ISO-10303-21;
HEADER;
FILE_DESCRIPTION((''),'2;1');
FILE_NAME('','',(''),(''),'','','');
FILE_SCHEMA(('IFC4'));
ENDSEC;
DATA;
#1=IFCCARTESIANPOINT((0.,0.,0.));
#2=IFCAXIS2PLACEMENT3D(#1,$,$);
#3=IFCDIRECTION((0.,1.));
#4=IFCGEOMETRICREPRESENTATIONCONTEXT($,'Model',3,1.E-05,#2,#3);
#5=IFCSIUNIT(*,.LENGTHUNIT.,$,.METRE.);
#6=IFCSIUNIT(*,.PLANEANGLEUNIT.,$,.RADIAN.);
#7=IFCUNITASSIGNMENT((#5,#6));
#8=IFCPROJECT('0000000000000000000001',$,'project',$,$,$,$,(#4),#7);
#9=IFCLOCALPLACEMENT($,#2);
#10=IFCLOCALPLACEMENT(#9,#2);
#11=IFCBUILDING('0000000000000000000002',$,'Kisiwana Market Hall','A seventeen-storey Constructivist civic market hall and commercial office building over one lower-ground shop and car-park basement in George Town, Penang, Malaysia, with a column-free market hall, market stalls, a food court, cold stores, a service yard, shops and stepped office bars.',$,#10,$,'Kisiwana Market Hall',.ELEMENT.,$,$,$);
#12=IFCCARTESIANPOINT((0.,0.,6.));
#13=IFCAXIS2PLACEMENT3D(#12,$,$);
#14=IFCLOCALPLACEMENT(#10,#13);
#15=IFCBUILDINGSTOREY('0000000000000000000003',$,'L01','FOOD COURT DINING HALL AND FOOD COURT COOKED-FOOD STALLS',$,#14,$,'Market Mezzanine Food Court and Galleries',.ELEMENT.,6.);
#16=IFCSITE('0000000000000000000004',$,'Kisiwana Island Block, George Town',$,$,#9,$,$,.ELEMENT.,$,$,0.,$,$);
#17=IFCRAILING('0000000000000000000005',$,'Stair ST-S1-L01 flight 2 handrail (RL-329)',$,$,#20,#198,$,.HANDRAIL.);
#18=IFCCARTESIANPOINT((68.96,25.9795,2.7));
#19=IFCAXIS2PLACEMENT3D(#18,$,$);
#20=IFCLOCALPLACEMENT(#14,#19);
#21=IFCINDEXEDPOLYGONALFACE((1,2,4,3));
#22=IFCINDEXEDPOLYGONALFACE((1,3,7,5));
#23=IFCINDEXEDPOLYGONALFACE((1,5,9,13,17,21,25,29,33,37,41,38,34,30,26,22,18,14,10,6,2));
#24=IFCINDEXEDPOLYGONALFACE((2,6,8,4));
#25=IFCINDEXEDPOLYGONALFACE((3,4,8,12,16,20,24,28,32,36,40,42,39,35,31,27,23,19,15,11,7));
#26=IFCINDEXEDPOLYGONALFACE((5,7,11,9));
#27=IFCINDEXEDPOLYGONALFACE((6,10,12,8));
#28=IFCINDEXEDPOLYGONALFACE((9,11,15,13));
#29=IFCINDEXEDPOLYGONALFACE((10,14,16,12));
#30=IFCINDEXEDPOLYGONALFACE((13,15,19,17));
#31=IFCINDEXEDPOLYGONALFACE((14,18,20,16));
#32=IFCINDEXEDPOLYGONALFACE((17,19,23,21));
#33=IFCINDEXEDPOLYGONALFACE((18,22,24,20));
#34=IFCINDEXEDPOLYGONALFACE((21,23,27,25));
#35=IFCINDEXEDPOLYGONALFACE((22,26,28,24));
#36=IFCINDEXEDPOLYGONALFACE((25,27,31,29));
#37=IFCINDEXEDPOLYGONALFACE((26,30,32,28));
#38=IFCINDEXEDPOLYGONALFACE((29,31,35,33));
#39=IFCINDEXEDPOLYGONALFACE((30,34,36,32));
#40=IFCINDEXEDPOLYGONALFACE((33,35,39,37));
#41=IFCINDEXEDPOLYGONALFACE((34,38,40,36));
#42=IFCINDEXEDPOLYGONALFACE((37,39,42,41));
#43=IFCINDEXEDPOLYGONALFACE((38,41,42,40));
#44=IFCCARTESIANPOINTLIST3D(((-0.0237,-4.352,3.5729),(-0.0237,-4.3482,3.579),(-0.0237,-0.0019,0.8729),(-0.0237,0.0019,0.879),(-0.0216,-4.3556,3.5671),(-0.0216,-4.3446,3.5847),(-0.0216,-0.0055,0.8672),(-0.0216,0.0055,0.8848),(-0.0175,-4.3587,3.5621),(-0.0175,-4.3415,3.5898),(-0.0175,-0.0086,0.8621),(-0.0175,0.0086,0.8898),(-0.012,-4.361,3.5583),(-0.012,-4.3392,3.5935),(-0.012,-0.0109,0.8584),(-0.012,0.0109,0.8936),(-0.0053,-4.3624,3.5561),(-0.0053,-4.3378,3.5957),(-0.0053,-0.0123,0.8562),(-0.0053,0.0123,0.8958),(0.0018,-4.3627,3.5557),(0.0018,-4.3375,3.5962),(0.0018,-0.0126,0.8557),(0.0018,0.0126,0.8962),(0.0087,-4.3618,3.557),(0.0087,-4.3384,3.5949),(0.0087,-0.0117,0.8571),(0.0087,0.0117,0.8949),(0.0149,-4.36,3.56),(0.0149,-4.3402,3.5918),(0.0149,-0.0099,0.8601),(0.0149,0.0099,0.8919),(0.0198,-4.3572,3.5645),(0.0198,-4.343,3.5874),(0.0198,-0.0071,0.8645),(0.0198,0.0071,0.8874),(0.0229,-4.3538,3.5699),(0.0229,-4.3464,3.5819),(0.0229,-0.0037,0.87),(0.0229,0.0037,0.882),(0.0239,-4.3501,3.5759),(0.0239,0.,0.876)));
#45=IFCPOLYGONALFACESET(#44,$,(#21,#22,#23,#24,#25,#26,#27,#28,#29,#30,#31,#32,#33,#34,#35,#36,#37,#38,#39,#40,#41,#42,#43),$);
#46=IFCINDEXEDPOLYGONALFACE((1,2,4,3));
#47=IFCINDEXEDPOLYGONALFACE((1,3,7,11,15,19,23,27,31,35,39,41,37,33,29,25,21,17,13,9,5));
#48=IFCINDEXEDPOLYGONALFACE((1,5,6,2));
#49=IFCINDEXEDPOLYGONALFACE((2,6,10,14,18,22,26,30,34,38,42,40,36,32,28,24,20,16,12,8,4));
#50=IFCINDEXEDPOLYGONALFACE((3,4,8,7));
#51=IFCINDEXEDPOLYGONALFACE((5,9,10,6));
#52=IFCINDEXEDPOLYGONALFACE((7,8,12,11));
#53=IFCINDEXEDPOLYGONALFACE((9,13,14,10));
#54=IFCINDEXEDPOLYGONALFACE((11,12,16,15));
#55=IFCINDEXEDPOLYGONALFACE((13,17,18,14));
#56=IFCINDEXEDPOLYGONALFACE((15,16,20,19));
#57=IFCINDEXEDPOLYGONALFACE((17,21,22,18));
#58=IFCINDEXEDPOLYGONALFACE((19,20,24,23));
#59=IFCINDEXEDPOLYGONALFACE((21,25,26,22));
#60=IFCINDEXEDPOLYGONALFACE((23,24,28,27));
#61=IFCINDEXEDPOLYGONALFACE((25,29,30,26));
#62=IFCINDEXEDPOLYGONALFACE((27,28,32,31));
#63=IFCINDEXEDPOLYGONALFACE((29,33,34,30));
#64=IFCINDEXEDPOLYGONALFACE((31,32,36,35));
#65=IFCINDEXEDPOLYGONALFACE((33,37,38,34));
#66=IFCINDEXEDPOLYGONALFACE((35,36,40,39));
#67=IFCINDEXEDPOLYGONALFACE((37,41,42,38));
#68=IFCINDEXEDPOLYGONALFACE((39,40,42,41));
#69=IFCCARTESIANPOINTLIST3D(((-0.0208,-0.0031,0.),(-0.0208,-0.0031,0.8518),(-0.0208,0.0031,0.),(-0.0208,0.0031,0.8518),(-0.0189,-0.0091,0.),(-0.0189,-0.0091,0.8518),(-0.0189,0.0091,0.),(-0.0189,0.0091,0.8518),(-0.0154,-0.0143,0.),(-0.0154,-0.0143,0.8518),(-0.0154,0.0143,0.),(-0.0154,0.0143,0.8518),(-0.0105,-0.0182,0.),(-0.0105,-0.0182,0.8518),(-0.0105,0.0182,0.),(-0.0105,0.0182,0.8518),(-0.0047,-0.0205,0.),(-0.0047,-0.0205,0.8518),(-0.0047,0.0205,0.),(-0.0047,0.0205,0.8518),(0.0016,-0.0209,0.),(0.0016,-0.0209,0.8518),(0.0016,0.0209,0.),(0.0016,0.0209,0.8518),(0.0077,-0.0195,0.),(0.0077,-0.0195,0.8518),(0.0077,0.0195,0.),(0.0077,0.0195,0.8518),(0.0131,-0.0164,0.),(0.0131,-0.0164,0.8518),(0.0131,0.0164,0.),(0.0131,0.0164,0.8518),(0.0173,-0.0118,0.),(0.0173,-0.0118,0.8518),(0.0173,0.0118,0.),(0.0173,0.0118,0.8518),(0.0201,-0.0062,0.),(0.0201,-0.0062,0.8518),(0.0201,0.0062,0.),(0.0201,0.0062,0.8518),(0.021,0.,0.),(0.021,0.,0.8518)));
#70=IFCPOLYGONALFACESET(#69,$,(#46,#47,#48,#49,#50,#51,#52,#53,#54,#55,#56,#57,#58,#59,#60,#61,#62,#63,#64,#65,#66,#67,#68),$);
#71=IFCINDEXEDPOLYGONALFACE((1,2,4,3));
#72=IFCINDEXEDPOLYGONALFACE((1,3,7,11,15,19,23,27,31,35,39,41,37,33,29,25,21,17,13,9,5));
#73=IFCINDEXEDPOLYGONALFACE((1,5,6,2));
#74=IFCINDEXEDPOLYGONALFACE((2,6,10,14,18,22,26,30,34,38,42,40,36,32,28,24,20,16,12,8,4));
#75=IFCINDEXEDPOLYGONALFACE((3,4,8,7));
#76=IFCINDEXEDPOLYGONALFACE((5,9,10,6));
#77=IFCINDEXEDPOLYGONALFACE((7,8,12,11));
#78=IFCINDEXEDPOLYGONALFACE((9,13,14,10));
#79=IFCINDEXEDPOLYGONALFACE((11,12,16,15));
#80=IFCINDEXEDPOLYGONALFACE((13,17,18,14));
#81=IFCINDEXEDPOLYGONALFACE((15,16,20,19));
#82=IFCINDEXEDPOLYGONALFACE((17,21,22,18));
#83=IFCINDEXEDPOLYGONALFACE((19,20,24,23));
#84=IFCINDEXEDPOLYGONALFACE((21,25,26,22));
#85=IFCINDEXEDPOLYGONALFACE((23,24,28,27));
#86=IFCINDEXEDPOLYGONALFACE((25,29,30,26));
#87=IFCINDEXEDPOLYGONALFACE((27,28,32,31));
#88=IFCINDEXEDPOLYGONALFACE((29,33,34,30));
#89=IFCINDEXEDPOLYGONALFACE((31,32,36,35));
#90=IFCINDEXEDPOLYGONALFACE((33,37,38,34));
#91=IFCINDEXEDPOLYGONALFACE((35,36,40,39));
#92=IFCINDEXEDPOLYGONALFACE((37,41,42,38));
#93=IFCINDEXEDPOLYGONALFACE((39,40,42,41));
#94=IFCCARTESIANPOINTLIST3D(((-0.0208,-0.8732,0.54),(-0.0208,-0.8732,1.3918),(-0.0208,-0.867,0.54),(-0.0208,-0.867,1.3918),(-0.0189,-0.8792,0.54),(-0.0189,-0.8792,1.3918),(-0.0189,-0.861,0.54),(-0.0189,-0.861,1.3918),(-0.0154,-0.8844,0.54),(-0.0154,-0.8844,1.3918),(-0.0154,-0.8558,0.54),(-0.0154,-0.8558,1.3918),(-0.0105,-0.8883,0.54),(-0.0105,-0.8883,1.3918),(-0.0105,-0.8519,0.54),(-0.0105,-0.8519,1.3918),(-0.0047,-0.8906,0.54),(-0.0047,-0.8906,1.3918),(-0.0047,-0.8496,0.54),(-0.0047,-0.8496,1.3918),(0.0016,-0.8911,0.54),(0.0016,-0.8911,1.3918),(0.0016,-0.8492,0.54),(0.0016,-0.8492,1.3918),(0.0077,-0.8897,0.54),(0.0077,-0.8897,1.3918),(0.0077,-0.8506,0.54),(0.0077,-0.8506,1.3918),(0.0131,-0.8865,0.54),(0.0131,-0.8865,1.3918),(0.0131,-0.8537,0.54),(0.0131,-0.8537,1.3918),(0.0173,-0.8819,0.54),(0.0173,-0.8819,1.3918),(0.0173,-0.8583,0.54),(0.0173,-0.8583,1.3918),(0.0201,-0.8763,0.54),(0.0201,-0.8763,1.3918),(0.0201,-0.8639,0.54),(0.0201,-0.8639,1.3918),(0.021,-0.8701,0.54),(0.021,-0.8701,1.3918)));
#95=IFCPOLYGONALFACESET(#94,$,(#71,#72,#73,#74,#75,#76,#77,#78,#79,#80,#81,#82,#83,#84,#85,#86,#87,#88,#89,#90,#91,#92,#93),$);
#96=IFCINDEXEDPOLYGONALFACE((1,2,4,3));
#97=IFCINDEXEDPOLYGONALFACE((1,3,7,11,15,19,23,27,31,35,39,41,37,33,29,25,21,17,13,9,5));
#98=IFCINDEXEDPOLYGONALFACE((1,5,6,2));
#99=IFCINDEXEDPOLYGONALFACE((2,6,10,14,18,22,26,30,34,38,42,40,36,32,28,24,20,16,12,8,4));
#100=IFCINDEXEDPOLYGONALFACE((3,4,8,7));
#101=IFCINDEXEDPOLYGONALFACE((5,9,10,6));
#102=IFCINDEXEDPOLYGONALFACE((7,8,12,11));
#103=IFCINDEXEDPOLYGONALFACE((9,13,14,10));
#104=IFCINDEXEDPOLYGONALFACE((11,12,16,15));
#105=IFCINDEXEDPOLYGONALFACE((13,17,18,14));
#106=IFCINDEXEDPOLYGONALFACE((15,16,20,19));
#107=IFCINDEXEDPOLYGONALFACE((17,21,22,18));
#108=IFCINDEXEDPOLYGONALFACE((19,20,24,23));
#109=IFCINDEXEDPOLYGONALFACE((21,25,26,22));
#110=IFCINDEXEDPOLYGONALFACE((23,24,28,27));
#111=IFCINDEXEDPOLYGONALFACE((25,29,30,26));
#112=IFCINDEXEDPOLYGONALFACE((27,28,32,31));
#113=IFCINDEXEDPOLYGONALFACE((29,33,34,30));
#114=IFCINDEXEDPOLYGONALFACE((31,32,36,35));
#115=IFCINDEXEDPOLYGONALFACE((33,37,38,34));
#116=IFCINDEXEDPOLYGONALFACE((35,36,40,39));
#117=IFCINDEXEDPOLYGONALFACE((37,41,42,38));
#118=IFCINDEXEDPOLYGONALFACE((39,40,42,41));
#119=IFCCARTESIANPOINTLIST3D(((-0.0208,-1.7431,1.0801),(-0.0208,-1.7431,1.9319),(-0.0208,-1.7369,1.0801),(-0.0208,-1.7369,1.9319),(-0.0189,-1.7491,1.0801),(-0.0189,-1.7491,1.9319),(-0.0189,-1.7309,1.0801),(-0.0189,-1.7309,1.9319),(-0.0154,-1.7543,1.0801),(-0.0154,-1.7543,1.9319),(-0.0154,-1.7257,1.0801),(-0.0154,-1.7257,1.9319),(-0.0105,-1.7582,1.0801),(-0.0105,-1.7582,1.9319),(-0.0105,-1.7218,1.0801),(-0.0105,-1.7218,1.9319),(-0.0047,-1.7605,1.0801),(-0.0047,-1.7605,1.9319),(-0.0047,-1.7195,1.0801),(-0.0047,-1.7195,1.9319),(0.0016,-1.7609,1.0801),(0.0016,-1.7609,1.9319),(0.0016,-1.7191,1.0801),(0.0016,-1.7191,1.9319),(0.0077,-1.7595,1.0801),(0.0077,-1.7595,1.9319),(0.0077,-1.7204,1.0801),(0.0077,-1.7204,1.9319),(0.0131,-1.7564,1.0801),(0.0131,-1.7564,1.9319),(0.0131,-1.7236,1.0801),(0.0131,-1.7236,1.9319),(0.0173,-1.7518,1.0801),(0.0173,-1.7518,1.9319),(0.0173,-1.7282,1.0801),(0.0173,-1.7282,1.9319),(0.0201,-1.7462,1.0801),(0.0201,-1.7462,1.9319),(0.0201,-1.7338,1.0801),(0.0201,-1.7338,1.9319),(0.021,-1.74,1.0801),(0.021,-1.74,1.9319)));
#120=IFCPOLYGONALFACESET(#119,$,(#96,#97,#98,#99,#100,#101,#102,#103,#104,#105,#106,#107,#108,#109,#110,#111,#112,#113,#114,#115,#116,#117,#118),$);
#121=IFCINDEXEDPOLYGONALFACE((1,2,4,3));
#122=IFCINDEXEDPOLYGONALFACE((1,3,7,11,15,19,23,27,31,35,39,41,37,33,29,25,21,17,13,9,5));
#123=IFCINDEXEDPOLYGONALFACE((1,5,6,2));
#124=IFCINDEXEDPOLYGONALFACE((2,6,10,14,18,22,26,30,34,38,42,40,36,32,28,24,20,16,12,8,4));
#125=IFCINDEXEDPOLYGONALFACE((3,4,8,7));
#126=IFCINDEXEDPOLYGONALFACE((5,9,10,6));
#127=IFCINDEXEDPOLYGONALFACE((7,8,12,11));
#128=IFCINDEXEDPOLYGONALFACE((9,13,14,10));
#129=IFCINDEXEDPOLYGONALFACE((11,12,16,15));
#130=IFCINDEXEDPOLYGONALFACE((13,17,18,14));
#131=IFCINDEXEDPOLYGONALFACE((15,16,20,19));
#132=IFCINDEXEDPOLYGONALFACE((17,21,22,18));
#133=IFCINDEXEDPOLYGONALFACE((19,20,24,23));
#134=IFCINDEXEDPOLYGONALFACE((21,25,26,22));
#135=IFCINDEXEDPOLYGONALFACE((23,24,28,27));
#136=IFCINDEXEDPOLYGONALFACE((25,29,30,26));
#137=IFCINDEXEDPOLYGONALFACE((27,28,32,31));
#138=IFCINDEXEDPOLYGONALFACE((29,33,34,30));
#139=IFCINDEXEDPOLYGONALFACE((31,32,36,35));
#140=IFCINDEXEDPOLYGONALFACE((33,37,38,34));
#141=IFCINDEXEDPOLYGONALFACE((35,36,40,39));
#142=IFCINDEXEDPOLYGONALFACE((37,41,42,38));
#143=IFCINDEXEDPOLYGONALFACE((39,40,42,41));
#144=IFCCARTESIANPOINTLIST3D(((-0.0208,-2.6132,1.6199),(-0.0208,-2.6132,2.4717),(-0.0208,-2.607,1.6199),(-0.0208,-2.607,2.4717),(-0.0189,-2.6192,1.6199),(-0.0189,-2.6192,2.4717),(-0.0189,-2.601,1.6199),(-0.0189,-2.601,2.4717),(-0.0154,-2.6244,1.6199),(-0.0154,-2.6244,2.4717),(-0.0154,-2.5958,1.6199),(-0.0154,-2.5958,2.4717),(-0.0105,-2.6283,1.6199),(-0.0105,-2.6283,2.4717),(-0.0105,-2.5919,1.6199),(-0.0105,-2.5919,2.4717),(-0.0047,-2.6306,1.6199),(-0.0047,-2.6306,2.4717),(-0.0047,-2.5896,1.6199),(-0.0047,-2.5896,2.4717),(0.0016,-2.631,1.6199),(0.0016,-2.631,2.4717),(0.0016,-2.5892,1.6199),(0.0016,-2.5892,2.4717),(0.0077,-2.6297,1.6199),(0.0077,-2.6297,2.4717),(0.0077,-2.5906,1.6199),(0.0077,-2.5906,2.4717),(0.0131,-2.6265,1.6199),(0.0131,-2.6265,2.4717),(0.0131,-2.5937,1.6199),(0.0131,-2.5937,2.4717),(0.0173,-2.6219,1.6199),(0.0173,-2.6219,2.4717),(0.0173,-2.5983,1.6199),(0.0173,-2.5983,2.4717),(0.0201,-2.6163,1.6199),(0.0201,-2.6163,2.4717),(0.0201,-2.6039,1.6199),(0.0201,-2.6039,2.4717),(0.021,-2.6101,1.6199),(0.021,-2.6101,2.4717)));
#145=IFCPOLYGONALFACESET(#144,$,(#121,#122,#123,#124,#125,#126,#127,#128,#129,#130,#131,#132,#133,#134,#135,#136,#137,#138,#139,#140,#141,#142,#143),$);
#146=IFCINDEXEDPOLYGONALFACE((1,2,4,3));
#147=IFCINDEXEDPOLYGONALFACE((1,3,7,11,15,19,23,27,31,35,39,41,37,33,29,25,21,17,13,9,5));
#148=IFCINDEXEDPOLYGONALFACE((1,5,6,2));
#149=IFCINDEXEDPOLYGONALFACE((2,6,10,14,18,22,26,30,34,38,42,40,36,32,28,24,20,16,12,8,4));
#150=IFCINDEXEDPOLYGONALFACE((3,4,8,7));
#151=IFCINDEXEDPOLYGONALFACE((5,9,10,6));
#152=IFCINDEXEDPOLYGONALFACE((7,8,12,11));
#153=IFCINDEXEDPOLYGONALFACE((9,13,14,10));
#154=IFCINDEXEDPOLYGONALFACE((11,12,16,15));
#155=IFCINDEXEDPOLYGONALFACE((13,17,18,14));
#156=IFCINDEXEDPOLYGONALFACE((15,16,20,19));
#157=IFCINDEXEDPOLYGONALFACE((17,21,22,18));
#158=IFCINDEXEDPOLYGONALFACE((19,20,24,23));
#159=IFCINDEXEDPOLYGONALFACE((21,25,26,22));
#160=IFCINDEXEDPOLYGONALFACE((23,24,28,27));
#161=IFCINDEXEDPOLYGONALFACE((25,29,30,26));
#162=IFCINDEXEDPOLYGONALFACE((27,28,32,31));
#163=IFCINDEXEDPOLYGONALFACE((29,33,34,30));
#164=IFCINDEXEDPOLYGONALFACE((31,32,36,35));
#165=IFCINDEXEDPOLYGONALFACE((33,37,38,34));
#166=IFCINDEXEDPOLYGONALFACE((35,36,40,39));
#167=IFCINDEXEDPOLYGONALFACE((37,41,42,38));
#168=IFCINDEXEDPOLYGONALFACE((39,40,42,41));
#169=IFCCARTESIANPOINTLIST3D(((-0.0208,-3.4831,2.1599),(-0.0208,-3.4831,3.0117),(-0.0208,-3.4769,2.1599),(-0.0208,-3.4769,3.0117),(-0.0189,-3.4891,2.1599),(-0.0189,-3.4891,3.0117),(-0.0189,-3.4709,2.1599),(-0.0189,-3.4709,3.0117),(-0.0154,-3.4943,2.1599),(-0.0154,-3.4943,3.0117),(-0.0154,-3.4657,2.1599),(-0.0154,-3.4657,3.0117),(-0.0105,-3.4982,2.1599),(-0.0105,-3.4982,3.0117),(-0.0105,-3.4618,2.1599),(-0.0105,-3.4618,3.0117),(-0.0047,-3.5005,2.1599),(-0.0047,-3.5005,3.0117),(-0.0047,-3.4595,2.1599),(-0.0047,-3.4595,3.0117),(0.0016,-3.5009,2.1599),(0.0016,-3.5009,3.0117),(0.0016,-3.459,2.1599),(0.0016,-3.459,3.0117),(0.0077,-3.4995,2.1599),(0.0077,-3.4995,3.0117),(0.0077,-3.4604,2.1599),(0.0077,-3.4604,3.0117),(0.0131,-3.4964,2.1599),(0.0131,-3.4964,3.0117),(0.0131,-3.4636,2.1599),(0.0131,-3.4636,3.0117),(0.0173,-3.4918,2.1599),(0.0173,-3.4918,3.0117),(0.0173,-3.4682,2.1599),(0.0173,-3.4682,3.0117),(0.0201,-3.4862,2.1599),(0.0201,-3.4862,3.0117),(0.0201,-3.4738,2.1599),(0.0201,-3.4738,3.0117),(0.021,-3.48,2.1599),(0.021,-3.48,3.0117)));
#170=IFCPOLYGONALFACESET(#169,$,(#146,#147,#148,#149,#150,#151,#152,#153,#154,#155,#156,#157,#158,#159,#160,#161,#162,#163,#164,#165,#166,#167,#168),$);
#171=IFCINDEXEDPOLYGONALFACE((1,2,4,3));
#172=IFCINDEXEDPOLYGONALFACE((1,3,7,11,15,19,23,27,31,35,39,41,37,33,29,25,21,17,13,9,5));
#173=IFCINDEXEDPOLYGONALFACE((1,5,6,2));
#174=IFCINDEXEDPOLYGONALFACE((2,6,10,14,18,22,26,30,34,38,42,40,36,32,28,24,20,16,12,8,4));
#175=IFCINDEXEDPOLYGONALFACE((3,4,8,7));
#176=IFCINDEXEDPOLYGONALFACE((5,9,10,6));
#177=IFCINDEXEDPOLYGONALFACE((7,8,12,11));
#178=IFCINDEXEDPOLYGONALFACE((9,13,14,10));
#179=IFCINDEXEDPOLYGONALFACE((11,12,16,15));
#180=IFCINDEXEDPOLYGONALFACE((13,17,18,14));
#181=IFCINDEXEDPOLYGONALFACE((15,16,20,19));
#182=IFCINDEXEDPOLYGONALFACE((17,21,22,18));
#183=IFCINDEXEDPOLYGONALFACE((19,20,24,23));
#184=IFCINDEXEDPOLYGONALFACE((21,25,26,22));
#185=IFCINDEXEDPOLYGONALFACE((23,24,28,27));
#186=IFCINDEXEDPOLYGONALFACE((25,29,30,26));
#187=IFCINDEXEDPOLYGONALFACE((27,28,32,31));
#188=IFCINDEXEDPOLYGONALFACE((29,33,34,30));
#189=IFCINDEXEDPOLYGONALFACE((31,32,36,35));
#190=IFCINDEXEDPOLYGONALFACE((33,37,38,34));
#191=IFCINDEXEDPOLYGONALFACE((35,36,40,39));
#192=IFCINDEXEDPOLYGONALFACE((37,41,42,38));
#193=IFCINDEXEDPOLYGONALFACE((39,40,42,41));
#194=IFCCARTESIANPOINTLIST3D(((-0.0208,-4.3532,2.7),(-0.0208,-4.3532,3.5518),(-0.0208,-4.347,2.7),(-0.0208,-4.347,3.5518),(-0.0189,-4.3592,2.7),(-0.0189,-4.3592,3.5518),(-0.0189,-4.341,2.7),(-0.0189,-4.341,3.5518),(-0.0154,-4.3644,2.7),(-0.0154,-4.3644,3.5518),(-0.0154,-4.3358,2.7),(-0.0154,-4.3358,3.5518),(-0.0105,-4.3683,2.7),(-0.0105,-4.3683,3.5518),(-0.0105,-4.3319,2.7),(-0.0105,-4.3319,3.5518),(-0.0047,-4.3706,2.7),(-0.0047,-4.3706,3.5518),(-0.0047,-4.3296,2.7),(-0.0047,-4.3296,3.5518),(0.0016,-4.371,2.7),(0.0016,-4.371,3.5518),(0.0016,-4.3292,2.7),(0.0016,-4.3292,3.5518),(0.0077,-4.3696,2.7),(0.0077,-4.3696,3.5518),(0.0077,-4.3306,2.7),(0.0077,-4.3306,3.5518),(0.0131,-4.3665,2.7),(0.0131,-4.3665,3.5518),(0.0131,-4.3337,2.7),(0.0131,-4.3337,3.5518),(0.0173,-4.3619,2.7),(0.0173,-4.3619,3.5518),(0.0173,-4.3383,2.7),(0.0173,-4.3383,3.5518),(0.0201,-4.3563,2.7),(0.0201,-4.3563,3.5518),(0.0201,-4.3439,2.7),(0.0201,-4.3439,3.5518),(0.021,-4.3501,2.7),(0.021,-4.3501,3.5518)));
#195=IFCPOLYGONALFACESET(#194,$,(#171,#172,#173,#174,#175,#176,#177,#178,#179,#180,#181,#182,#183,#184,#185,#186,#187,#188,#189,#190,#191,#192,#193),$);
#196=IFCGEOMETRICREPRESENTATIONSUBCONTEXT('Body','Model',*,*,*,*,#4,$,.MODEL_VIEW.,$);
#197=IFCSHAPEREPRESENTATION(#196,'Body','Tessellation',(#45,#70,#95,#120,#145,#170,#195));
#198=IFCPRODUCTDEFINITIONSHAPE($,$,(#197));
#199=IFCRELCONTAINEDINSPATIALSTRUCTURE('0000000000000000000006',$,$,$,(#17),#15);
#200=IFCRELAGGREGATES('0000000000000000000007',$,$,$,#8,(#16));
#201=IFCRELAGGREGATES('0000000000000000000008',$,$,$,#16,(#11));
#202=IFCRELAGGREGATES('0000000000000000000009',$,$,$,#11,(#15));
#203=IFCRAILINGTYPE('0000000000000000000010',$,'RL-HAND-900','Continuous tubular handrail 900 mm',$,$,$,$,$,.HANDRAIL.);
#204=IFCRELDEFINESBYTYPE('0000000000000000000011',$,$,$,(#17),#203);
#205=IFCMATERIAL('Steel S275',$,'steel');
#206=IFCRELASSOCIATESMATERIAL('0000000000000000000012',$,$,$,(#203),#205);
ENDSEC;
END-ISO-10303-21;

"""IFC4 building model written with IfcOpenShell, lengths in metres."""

from ifc_helpers import new_model, si_unit, direction, frame, origin, origin_2d, place, context, subcontext, project, spatial, circle, extrude, material, type_object, element, save


model = new_model("IFC4")

# Units and contexts
model_context = context("Model", 3, precision=1e-05, world=origin(), true_north=direction((0.0, 1.0)))
body_context = subcontext(model_context, "Body", "Model", "MODEL_VIEW")
ifc_project = project(units=[si_unit("LENGTHUNIT", "METRE"), si_unit("PLANEANGLEUNIT", "RADIAN")], contexts=[model_context])

# Site, building, storey
site_placement = place(None, origin())
site = spatial("IfcSite", under=ifc_project, at=site_placement, Name="Kisiwana Island Block, George Town", CompositionType="ELEMENT", RefElevation=0.0)
building_placement = place(site_placement, origin())
building = spatial("IfcBuilding", under=site, at=building_placement, Name="Kisiwana Market Hall", Description="A seventeen-storey Constructivist civic market hall and commercial office building over one lower-ground shop and car-park basement in George Town, Penang, Malaysia, with a column-free market hall, market stalls, a food court, cold stores, a service yard, shops and stepped office bars.", LongName="Kisiwana Market Hall", CompositionType="ELEMENT")
storey_placement = place(building_placement, frame((0.0, 0.0, 6.0)))
storey = spatial("IfcBuildingStorey", under=building, at=storey_placement, Name="L01", Description="FOOD COURT DINING HALL AND FOOD COURT COOKED-FOOD STALLS", LongName="Market Mezzanine Food Court and Galleries", CompositionType="ELEMENT", Elevation=6.0)

# Railing
ifc_material_1 = material(Name="Steel S275", Category="steel")
railing_type = type_object("IfcRailingType", Name="RL-HAND-900", Description="Continuous tubular handrail 900 mm", PredefinedType="HANDRAIL", material=ifc_material_1)
railing_placement = place(storey_placement, frame((68.96, 25.9795, 2.7)))
element("IfcRailing", 1, at=railing_placement, inside=storey, type_object=railing_type, Name="Stair ST-S1-L01 flight 2 handrail (RL-329)", PredefinedType="HANDRAIL", context=body_context, shape_type="SweptSolid", body=[
    extrude(circle(Radius=0.0239, at=origin_2d()), frame((0.0, 0.0, 0.876), z_axis=(0.0, -0.84965, 0.527347), x_axis=(1.0, 0.0, 0.0)), (0.0, 0.0, 1.0), 5.1199),
    extrude(circle(Radius=0.021, at=origin_2d()), origin(), (0.0, 0.0, 1.0), 0.8518),
    extrude(circle(Radius=0.021, at=origin_2d()), frame((0.0, -0.8701, 0.54)), (0.0, 0.0, 1.0), 0.8518),
    extrude(circle(Radius=0.021, at=origin_2d()), frame((0.0, -1.74, 1.0801)), (0.0, 0.0, 1.0), 0.8518),
    extrude(circle(Radius=0.021, at=origin_2d()), frame((0.0, -2.6101, 1.6199)), (0.0, 0.0, 1.0), 0.8518),
    extrude(circle(Radius=0.021, at=origin_2d()), frame((0.0, -3.48, 2.1599)), (0.0, 0.0, 1.0), 0.8518),
    extrude(circle(Radius=0.021, at=origin_2d()), frame((0.0, -4.3501, 2.7)), (0.0, 0.0, 1.0), 0.8518),
])

save(model, "model.ifc")
